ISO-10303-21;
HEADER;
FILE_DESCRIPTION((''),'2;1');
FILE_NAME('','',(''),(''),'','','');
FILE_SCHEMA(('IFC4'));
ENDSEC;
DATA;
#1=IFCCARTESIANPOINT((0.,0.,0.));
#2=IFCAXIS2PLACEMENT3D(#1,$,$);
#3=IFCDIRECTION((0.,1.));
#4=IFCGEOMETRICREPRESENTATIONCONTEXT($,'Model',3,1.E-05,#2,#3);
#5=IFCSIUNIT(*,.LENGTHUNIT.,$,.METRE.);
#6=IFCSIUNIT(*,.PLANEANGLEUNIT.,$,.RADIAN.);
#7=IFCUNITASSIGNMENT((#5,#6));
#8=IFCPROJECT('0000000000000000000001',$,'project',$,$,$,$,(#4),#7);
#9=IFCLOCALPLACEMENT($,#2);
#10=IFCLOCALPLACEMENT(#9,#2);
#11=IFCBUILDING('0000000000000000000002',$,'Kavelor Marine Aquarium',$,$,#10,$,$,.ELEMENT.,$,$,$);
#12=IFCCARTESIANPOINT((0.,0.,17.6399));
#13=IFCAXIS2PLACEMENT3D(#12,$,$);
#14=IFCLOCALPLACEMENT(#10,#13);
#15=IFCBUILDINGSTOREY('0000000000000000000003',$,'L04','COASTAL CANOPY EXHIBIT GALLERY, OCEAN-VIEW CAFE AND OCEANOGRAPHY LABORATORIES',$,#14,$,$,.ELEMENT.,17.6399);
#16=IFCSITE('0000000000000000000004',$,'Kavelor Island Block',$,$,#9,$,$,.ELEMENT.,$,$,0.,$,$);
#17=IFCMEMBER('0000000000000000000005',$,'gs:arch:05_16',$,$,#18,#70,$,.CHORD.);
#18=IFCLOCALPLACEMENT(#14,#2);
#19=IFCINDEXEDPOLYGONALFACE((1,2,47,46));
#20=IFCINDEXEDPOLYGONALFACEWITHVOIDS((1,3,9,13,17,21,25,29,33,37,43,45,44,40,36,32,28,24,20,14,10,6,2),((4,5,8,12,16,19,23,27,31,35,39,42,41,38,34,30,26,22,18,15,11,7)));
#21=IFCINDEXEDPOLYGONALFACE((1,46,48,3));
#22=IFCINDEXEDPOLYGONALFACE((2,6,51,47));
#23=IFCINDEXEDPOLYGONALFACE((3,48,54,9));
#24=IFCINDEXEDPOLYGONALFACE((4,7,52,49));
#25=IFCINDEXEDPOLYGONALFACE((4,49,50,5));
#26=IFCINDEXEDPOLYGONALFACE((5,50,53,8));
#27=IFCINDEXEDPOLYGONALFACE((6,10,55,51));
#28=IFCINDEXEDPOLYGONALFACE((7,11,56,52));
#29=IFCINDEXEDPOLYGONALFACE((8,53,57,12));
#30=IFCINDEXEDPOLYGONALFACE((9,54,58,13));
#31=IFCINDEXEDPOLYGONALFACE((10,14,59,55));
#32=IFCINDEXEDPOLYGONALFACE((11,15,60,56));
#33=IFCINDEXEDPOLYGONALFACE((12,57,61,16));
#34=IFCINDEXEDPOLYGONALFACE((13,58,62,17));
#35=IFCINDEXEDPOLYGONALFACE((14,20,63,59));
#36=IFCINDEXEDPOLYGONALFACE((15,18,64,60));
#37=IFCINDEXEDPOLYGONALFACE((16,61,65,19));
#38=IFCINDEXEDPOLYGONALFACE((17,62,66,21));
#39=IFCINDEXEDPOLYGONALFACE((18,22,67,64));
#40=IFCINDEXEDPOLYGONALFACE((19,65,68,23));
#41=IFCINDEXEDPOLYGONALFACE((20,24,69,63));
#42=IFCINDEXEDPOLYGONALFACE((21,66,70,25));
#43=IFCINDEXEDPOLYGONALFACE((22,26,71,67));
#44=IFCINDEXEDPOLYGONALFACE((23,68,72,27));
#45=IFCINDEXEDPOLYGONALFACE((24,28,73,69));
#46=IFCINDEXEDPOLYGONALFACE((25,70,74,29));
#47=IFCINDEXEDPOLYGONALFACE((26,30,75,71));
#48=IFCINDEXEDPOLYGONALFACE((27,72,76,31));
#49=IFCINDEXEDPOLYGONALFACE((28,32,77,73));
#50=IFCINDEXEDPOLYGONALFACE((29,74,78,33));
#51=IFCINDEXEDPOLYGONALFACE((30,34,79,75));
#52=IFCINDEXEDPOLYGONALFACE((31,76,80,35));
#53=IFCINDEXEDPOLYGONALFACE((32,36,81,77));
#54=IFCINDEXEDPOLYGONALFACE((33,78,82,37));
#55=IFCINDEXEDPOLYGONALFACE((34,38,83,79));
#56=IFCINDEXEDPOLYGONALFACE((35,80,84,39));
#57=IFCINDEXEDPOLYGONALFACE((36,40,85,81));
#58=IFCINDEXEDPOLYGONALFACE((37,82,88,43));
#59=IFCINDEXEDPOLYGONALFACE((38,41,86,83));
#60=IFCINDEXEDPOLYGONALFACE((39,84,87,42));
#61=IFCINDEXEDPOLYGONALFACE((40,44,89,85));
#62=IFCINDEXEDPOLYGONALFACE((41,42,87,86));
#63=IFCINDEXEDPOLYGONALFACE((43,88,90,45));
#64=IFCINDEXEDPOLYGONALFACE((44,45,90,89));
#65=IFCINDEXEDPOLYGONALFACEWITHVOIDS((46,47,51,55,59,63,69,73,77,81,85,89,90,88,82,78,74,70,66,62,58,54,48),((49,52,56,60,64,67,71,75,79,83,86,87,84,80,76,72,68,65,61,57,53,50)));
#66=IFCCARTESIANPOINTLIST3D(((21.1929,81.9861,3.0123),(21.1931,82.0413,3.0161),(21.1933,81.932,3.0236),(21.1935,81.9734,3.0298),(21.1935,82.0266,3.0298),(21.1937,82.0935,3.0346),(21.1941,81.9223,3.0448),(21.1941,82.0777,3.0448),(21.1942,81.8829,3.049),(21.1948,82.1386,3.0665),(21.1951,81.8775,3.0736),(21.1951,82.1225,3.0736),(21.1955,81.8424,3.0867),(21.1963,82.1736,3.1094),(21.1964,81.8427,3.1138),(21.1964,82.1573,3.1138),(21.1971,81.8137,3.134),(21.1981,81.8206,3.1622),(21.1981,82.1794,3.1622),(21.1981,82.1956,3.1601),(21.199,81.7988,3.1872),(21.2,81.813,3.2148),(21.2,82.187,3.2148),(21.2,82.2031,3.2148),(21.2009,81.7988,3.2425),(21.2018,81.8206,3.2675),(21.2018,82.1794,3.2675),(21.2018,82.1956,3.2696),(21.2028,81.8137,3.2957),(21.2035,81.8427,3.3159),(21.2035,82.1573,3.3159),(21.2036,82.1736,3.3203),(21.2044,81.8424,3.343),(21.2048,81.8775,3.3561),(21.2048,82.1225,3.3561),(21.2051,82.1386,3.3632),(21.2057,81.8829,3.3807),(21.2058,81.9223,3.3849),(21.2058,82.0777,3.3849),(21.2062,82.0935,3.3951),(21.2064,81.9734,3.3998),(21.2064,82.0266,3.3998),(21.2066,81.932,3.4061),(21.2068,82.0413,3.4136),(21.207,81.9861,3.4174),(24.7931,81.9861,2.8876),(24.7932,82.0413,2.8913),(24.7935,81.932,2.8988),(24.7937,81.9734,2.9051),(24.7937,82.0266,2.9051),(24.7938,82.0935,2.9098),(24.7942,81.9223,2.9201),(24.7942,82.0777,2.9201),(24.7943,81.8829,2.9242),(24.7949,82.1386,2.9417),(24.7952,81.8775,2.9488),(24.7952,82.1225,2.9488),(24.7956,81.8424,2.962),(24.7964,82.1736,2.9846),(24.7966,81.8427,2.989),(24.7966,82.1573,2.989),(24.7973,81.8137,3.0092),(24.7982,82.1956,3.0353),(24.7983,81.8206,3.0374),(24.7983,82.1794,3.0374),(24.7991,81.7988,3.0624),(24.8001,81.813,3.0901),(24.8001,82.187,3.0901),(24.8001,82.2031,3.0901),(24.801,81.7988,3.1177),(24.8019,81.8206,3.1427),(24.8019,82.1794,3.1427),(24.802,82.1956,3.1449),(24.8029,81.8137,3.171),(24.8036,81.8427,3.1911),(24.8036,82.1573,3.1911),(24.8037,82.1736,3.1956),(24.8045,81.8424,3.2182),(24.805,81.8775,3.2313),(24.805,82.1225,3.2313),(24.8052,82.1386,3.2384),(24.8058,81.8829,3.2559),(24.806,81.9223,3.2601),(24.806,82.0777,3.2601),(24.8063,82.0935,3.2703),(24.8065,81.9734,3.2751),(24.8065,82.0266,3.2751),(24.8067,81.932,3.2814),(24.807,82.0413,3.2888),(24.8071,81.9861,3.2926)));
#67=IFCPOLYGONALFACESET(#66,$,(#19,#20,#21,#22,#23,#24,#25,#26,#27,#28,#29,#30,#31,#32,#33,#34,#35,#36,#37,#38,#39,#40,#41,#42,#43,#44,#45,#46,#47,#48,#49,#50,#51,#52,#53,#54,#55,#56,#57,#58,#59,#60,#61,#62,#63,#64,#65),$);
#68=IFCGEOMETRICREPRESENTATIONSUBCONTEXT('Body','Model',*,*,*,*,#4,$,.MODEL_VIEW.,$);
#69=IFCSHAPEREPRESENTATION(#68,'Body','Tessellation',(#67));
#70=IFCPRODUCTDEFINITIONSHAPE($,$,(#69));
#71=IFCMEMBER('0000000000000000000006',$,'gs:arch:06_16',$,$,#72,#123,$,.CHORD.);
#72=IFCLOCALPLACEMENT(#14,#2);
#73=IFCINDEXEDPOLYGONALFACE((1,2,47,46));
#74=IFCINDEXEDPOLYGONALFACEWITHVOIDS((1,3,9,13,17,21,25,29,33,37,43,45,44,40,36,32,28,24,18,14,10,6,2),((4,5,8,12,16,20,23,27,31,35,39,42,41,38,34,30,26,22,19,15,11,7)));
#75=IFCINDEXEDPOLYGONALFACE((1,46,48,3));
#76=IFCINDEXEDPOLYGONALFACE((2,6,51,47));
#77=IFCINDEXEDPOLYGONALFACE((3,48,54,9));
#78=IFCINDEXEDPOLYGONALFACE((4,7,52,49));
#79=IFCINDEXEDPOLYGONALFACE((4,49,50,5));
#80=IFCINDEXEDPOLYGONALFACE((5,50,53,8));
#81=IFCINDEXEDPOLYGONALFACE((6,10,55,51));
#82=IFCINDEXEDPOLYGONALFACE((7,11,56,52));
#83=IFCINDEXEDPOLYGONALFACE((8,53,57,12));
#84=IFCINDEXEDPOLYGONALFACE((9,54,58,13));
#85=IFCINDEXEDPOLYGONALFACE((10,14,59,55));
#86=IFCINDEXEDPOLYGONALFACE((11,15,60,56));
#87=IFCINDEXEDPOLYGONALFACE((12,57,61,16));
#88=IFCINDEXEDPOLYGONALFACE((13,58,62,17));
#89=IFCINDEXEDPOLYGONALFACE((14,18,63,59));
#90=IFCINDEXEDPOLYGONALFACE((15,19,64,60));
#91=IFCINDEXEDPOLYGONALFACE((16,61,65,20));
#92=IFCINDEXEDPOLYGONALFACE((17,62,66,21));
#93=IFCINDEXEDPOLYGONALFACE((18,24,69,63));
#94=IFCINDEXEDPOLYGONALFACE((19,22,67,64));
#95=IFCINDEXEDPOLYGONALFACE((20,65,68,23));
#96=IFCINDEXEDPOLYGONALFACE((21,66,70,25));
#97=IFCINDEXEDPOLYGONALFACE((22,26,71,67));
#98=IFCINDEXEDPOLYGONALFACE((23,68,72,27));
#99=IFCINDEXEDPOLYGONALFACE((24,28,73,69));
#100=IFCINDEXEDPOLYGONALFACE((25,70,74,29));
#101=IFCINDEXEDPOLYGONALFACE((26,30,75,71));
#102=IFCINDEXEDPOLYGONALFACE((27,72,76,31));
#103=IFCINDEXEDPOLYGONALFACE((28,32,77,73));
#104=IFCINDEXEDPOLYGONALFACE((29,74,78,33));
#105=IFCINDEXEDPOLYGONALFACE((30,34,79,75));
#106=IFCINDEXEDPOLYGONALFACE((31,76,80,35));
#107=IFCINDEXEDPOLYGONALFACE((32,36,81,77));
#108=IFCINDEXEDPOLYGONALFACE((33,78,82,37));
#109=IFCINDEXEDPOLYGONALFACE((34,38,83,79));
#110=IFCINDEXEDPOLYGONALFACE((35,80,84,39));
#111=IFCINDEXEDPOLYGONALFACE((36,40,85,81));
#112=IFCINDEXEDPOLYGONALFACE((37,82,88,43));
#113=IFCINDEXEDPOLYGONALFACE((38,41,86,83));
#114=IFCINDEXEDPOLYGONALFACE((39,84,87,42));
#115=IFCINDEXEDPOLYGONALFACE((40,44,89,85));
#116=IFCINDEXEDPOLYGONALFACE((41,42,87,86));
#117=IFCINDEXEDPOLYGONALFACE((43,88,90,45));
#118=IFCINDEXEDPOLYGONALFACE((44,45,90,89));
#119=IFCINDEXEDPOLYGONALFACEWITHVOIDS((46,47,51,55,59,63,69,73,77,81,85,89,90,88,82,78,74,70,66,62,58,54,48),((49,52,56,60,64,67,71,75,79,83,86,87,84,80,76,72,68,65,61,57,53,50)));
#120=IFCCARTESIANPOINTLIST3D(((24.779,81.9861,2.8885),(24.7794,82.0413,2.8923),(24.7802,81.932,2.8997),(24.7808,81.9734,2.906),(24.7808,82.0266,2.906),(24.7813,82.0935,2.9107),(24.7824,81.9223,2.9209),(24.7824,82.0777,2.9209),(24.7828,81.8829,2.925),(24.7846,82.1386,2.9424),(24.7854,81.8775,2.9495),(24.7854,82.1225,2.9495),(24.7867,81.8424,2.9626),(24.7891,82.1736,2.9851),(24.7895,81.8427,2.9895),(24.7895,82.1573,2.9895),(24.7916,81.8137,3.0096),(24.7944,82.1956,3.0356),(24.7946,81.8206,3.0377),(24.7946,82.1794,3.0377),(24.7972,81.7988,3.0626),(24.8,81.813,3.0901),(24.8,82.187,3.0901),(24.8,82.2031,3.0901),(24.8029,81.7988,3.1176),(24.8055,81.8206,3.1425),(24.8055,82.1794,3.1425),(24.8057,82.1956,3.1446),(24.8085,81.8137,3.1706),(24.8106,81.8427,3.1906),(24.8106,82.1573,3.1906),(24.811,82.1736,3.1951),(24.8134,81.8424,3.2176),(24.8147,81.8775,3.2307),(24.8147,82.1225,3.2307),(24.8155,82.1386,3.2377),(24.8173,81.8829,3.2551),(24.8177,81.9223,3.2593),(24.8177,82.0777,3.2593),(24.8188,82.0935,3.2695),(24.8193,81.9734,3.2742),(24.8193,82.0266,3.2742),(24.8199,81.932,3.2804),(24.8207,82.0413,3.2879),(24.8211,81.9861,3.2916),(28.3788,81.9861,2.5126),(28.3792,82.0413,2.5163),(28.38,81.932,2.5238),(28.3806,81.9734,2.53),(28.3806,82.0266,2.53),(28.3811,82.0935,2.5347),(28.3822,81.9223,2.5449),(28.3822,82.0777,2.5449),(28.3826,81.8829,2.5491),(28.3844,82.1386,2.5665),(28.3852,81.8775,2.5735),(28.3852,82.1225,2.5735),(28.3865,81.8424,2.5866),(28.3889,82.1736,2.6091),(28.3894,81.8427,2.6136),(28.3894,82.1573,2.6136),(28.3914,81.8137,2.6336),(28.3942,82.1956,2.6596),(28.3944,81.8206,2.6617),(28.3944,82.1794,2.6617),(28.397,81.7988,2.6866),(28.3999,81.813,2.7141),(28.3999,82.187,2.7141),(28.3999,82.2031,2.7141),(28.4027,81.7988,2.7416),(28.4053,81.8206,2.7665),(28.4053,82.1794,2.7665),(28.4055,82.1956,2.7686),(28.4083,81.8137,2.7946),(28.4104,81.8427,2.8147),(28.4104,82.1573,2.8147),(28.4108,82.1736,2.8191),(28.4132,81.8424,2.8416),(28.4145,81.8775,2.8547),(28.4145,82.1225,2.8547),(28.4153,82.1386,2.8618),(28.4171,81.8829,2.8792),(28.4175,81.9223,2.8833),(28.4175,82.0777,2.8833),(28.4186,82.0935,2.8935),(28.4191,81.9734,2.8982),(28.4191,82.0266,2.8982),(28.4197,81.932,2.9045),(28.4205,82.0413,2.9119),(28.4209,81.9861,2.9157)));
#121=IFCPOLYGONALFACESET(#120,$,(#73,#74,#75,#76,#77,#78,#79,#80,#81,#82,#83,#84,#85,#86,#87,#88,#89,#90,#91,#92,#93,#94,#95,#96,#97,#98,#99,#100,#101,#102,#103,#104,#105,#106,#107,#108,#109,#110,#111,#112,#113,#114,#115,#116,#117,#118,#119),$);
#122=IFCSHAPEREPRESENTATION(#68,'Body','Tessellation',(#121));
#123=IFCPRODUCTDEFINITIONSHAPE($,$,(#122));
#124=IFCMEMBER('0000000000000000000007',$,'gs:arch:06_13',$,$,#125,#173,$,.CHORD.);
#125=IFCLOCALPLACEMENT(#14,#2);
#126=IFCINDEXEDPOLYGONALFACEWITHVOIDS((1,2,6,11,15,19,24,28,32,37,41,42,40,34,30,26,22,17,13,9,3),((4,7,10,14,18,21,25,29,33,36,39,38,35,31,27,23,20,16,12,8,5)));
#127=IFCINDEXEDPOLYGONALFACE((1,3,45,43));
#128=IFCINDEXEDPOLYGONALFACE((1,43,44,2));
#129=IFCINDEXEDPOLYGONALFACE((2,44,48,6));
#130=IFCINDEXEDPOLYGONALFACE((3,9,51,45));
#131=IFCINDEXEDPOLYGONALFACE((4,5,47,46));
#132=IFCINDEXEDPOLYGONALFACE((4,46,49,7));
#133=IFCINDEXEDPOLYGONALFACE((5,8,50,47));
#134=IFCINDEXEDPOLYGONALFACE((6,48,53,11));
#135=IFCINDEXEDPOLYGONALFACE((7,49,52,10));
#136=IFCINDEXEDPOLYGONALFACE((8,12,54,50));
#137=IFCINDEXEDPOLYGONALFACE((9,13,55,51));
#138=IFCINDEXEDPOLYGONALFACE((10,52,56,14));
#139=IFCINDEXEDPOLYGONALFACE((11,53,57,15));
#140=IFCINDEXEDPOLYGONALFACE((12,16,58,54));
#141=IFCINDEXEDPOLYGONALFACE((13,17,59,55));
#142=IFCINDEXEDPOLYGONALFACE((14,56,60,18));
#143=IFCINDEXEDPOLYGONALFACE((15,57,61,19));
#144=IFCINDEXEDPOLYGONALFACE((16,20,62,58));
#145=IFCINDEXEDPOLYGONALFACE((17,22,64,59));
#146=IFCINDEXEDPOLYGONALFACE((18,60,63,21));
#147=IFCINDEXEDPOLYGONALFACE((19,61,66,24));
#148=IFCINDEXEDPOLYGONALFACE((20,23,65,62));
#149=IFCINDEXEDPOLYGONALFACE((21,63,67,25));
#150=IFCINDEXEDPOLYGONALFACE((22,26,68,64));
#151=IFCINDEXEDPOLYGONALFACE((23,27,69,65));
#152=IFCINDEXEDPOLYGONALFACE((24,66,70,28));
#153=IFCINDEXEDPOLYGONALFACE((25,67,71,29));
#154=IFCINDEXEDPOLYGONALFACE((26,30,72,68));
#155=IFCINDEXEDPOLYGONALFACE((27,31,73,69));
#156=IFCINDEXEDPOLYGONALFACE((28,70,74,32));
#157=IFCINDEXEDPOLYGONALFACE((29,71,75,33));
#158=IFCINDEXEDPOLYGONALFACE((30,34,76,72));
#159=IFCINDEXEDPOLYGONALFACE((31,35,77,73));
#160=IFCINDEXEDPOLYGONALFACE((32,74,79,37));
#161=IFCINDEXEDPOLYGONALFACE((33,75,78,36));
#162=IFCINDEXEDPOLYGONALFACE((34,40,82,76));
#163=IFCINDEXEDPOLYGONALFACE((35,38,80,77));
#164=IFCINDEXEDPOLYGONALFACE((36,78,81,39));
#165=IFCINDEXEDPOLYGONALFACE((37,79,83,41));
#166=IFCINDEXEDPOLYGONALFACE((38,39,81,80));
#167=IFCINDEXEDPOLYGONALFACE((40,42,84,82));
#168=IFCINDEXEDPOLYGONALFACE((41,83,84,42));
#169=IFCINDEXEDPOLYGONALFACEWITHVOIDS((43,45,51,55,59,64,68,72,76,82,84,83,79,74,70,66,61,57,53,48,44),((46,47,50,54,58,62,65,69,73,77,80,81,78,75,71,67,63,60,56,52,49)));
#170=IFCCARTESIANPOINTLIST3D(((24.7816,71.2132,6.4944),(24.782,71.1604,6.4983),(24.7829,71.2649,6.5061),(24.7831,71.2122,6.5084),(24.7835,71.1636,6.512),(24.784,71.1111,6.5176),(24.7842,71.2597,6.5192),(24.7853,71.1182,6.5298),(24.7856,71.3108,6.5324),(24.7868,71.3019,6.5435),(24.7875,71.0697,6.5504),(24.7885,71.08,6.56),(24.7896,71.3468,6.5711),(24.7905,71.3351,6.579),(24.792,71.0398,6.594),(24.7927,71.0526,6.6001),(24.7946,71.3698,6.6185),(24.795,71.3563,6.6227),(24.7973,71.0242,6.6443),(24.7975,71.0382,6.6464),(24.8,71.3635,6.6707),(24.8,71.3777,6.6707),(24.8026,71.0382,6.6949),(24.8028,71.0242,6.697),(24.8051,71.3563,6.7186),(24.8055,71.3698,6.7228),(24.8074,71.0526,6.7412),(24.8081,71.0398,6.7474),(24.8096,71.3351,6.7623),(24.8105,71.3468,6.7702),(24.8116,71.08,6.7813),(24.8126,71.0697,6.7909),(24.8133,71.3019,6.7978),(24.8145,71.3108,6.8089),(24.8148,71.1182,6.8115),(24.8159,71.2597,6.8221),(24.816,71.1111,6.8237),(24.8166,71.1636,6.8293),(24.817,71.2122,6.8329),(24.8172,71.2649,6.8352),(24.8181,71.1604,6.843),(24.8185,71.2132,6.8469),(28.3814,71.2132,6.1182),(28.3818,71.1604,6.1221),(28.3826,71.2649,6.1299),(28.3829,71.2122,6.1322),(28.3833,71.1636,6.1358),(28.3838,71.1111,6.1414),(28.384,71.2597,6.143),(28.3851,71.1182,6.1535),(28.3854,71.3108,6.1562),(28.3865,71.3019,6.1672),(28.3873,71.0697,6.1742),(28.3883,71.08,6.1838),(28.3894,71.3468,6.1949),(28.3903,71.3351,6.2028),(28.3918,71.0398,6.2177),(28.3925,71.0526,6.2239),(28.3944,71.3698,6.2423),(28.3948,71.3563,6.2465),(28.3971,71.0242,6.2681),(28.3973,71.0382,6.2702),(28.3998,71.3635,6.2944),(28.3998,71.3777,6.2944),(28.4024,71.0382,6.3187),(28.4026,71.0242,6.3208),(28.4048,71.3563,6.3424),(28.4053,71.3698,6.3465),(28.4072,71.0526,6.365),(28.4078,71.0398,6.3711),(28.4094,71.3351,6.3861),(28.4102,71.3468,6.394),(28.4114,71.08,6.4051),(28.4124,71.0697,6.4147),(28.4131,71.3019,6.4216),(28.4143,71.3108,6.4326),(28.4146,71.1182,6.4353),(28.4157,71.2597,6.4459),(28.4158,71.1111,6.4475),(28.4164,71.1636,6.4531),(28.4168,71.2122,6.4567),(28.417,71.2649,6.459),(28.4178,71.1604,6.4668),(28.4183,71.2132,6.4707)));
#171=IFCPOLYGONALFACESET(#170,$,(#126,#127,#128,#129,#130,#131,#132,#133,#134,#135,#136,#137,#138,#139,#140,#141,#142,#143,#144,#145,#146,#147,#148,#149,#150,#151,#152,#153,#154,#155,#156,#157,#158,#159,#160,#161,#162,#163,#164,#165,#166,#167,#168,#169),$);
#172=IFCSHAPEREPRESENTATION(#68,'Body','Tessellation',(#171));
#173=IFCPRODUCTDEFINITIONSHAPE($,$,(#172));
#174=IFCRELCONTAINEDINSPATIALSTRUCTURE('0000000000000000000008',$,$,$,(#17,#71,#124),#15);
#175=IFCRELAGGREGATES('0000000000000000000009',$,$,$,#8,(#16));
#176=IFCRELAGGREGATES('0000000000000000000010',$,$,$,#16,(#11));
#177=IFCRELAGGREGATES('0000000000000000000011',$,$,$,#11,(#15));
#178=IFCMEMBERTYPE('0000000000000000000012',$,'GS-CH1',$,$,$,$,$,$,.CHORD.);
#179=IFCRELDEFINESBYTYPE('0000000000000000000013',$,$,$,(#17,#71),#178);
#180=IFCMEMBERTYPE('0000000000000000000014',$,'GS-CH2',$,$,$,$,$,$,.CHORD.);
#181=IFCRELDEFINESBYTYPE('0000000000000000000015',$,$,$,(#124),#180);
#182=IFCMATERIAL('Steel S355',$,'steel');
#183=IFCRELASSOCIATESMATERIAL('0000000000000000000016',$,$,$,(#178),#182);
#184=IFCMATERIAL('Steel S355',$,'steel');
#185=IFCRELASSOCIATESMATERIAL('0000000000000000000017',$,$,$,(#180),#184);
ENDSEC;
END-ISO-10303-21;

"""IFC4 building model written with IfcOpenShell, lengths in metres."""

from ifc_helpers import new_model, si_unit, direction, frame, origin, origin_2d, place, context, subcontext, project, spatial, hollow_circle, extrude, material, material_profile, profile_set, type_object, element, save


model = new_model("IFC4")

# Units and contexts
model_context = context("Model", 3, precision=1e-05, world=origin(), true_north=direction((0.0, 1.0)))
body_context = subcontext(model_context, "Body", "Model", "MODEL_VIEW")
ifc_project = project(units=[si_unit("LENGTHUNIT", "METRE"), si_unit("PLANEANGLEUNIT", "RADIAN")], contexts=[model_context])

# Site, building, storey
site_placement = place(None, origin())
site = spatial("IfcSite", under=ifc_project, at=site_placement, Name="Kavelor Island Block", CompositionType="ELEMENT", RefElevation=0.0)
building_placement = place(site_placement, origin())
building = spatial("IfcBuilding", under=site, at=building_placement, Name="Kavelor Marine Aquarium", CompositionType="ELEMENT")
storey_placement = place(building_placement, frame((0.0, 0.0, 17.6399)))
storey = spatial("IfcBuildingStorey", under=building, at=storey_placement, Name="L04", Description="COASTAL CANOPY EXHIBIT GALLERY, OCEAN-VIEW CAFE AND OCEANOGRAPHY LABORATORIES", CompositionType="ELEMENT", Elevation=17.6399)

# Members
ifc_material_1 = material(Name="Steel S355", Category="steel")
ifc_material_profile_1 = material_profile(ifc_material_1, hollow_circle(Radius=0.2031, WallThickness=0.0161, at=origin_2d()), Name="CHS 406.4x16.0")
ifc_profile_set_1 = profile_set([ifc_material_profile_1], Name="Steel S355")
member_type_1 = type_object("IfcMemberType", Name="GS-CH1", PredefinedType="CHORD", material=ifc_profile_set_1)
member_1_placement = place(storey_placement, frame((21.2, 82.0, 3.2148), z_axis=(0.9994, 0.0, -0.034633), x_axis=(0.0, 1.0, 0.0)))
element("IfcMember", 1, at=member_1_placement, inside=storey, type_object=member_type_1, Name="gs:arch:05_16", PredefinedType="CHORD", context=body_context, shape_type="SweptSolid", body=[
    extrude(hollow_circle(Radius=0.2031, WallThickness=0.0161, at=origin_2d()), origin(), (0.0, 0.0, 1.0), 3.6023),
])
member_2_placement = place(storey_placement, frame((24.8, 82.0, 3.0901), z_axis=(0.99459, 0.0, -0.103877), x_axis=(0.0, 1.0, 0.0)))
element("IfcMember", 2, at=member_2_placement, inside=storey, type_object=member_type_1, Name="gs:arch:06_16", PredefinedType="CHORD", context=body_context, shape_type="SweptSolid", body=[
    extrude(hollow_circle(Radius=0.2031, WallThickness=0.0161, at=origin_2d()), origin(), (0.0, 0.0, 1.0), 3.6194),
])
ifc_material_2 = material(Name="Steel S355", Category="steel")
ifc_material_profile_2 = material_profile(ifc_material_2, hollow_circle(Radius=0.1777, WallThickness=0.0142, at=origin_2d()), Name="CHS 355.6x14.2")
ifc_profile_set_2 = profile_set([ifc_material_profile_2], Name="Steel S355")
member_type_2 = type_object("IfcMemberType", Name="GS-CH2", PredefinedType="CHORD", material=ifc_profile_set_2)
member_3_placement = place(storey_placement, frame((24.8, 71.2, 6.6707), z_axis=(0.994583, 0.0, -0.103944), x_axis=(0.0, 1.0, 0.0)))
element("IfcMember", 3, at=member_3_placement, inside=storey, type_object=member_type_2, Name="gs:arch:06_13", PredefinedType="CHORD", context=body_context, shape_type="SweptSolid", body=[
    extrude(hollow_circle(Radius=0.1777, WallThickness=0.0142, at=origin_2d()), origin(), (0.0, 0.0, 1.0), 3.6194),
])

save(model, "model.ifc")
